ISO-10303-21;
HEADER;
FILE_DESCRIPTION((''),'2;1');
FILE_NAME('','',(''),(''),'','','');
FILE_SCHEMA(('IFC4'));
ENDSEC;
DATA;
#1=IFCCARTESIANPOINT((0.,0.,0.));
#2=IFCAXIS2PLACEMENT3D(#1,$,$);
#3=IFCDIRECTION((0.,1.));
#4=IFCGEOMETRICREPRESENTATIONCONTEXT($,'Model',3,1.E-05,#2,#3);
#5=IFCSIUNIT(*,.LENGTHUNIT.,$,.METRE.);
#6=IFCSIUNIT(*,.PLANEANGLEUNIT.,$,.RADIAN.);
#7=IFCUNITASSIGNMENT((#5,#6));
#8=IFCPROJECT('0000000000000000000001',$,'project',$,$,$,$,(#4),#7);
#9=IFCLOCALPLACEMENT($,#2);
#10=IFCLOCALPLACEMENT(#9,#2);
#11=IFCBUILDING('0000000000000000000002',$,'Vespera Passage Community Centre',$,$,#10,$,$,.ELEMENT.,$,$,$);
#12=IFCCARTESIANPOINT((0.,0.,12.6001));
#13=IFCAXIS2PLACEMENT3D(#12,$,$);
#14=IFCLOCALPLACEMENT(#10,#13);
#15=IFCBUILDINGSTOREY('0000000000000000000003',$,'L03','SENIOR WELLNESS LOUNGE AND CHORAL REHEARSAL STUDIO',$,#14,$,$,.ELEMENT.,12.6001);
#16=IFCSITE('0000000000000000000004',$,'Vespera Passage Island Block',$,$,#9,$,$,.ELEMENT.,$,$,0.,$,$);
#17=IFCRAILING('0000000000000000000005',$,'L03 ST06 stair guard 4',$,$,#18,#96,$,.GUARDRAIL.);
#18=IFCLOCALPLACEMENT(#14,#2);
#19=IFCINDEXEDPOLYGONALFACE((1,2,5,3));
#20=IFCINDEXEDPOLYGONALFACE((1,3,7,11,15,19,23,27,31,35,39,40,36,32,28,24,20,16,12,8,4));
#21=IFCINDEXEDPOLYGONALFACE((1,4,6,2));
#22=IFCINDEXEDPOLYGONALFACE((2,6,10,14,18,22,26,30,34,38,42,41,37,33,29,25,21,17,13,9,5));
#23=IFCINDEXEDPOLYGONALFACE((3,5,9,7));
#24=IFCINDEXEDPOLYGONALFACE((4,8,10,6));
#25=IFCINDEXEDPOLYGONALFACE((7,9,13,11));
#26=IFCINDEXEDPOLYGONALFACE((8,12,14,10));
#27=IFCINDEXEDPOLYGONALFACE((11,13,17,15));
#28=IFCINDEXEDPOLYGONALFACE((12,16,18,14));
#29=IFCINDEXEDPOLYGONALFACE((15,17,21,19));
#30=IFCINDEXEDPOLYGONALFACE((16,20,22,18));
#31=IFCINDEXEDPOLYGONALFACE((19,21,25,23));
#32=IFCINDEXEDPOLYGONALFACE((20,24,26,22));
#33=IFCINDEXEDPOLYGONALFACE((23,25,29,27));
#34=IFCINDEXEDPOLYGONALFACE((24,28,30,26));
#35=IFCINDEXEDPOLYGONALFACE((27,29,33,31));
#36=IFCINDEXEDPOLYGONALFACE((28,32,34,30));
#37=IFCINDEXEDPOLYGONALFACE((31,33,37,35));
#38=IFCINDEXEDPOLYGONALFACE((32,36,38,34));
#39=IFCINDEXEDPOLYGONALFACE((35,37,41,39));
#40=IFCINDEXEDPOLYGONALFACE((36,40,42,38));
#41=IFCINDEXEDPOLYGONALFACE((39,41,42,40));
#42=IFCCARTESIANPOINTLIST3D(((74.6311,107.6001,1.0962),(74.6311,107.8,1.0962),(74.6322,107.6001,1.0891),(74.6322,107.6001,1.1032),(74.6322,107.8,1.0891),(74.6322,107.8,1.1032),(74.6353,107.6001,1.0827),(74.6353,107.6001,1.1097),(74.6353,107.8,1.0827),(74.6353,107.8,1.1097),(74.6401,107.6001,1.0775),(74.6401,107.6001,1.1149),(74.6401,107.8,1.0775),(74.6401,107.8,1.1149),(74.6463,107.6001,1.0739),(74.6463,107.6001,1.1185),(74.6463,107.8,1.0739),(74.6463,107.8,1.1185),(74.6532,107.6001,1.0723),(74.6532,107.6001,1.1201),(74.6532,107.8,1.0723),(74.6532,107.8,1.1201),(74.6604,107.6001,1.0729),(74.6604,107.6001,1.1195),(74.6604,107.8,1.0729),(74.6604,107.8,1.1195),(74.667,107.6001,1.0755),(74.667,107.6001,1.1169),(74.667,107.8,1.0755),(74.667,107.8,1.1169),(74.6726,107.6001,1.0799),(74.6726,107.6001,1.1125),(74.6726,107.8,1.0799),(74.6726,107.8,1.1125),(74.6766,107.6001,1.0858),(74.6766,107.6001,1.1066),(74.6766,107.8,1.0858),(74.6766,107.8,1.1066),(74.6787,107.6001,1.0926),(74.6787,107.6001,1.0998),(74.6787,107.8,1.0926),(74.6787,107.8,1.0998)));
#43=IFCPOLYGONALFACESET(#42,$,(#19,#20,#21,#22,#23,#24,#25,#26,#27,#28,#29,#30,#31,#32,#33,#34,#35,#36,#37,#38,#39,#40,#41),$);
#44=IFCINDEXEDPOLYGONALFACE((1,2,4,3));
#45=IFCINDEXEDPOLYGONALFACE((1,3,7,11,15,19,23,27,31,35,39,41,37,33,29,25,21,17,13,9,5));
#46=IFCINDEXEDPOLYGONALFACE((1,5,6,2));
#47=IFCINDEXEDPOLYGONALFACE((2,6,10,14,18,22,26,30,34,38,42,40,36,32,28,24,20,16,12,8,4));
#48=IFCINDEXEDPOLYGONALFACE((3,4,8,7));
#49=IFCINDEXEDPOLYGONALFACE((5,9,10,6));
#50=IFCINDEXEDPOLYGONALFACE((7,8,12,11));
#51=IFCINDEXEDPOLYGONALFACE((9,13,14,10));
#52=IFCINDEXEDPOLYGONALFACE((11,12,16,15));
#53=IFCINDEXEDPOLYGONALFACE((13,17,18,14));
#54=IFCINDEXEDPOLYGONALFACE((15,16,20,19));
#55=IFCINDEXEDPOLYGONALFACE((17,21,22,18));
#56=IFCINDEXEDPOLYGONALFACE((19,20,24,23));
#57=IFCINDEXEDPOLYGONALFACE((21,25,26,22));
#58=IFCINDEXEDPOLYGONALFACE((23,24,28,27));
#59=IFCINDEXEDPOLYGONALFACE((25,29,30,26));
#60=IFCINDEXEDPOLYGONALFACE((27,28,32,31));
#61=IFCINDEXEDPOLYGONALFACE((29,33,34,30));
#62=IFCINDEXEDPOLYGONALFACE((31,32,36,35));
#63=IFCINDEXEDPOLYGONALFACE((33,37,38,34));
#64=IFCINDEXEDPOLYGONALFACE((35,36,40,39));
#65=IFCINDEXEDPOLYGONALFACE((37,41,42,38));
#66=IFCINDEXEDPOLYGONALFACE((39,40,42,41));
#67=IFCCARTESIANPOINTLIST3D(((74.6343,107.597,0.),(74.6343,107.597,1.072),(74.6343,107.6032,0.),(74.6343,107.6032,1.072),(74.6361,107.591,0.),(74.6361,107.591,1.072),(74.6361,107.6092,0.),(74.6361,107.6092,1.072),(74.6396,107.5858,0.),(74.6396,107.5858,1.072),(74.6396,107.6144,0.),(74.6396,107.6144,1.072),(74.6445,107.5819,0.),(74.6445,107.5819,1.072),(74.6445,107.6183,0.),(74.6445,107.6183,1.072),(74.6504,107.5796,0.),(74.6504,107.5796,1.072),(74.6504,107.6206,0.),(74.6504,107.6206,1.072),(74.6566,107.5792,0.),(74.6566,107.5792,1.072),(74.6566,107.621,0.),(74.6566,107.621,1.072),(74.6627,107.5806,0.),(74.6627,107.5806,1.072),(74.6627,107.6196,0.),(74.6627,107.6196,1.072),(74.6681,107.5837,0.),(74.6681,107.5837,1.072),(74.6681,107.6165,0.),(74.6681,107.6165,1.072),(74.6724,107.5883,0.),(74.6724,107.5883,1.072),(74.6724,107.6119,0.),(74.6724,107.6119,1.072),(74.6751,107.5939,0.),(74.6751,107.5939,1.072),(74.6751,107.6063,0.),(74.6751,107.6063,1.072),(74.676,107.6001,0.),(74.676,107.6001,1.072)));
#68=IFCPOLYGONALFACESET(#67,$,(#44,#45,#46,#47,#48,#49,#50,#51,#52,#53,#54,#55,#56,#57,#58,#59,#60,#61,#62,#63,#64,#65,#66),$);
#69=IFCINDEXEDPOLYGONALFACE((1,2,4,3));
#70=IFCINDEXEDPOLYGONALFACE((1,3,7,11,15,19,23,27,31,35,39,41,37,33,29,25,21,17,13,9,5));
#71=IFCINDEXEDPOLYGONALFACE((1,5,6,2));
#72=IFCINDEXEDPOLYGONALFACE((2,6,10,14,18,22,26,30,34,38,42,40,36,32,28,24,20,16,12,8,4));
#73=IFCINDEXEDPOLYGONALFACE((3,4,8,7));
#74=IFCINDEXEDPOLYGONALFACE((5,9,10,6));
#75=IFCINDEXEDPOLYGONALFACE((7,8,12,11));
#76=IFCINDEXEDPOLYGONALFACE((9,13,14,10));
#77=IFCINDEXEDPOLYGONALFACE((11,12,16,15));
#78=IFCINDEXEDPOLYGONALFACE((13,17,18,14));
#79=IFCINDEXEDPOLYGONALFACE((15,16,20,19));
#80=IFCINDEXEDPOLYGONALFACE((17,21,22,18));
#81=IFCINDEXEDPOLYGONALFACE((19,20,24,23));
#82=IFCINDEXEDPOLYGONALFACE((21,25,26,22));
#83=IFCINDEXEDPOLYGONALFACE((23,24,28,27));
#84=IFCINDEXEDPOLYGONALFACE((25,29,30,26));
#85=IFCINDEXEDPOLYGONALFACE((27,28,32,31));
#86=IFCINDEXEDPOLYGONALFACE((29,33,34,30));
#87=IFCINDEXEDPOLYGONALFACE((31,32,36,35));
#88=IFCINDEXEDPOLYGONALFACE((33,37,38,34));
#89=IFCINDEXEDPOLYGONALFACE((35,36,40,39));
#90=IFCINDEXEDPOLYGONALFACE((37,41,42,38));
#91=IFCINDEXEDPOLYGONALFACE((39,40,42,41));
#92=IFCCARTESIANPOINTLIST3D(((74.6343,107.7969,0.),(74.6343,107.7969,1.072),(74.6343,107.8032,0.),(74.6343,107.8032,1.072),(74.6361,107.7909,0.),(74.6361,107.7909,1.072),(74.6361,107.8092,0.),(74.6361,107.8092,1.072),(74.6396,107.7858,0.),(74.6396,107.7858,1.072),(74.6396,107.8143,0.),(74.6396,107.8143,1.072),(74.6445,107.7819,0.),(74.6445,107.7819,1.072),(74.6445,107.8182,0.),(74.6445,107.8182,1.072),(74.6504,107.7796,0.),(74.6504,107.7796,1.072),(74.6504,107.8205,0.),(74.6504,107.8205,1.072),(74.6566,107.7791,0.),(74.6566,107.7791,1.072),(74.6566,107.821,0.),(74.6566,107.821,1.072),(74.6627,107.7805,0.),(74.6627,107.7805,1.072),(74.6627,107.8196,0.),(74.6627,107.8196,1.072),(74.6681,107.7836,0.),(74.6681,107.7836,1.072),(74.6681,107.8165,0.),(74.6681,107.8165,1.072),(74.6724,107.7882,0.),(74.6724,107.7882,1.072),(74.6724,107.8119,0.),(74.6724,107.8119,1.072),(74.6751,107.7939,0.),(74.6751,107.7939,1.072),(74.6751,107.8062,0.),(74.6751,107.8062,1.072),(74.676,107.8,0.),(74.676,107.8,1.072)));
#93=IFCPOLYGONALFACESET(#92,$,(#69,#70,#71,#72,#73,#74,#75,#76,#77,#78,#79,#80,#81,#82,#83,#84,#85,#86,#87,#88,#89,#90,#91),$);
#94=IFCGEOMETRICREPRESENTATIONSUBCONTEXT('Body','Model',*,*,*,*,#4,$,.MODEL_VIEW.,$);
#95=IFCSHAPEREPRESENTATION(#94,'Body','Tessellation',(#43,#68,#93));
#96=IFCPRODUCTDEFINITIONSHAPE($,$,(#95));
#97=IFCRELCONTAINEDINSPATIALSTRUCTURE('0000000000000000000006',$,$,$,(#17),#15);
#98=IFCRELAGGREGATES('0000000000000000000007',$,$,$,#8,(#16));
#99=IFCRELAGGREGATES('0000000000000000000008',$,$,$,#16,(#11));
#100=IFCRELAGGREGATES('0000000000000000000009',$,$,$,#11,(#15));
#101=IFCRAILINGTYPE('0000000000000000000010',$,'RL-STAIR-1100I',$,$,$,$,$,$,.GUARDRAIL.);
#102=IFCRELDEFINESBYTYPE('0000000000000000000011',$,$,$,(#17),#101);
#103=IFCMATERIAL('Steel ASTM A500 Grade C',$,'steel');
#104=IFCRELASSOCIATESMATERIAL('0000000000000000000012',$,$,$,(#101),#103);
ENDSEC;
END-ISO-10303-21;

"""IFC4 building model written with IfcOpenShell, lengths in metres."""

from ifc_helpers import new_model, si_unit, direction, frame, origin, origin_2d, place, context, subcontext, project, spatial, circle, extrude, material, type_object, element, save


model = new_model("IFC4")

# Units and contexts
model_context = context("Model", 3, precision=1e-05, world=origin(), true_north=direction((0.0, 1.0)))
body_context = subcontext(model_context, "Body", "Model", "MODEL_VIEW")
ifc_project = project(units=[si_unit("LENGTHUNIT", "METRE"), si_unit("PLANEANGLEUNIT", "RADIAN")], contexts=[model_context])

# Site, building, storey
site_placement = place(None, origin())
site = spatial("IfcSite", under=ifc_project, at=site_placement, Name="Vespera Passage Island Block", CompositionType="ELEMENT", RefElevation=0.0)
building_placement = place(site_placement, origin())
building = spatial("IfcBuilding", under=site, at=building_placement, Name="Vespera Passage Community Centre", CompositionType="ELEMENT")
storey_placement = place(building_placement, frame((0.0, 0.0, 12.6001)))
storey = spatial("IfcBuildingStorey", under=building, at=storey_placement, Name="L03", Description="SENIOR WELLNESS LOUNGE AND CHORAL REHEARSAL STUDIO", CompositionType="ELEMENT", Elevation=12.6001)

# Railing
ifc_material_1 = material(Name="Steel ASTM A500 Grade C", Category="steel")
railing_type_1 = type_object("IfcRailingType", Name="RL-STAIR-1100I", PredefinedType="GUARDRAIL", material=ifc_material_1)
railing_1_placement = place(storey_placement, frame((74.655, 107.6001, 0.0)))
element("IfcRailing", 1, at=railing_1_placement, inside=storey, type_object=railing_type_1, Name="L03 ST06 stair guard 4", PredefinedType="GUARDRAIL", context=body_context, shape_type="SweptSolid", body=[
    extrude(circle(Radius=0.0239, at=origin_2d()), frame((0.0, 0.0, 1.0962), z_axis=(0.0, 1.0, 0.0), x_axis=(-1.0, 0.0, 0.0)), (0.0, 0.0, 1.0), 0.2),
    extrude(circle(Radius=0.021, at=origin_2d()), origin(), (0.0, 0.0, 1.0), 1.072),
    extrude(circle(Radius=0.021, at=origin_2d()), frame((0.0, 0.2, 0.0)), (0.0, 0.0, 1.0), 1.072),
])

save(model, "model.ifc")
